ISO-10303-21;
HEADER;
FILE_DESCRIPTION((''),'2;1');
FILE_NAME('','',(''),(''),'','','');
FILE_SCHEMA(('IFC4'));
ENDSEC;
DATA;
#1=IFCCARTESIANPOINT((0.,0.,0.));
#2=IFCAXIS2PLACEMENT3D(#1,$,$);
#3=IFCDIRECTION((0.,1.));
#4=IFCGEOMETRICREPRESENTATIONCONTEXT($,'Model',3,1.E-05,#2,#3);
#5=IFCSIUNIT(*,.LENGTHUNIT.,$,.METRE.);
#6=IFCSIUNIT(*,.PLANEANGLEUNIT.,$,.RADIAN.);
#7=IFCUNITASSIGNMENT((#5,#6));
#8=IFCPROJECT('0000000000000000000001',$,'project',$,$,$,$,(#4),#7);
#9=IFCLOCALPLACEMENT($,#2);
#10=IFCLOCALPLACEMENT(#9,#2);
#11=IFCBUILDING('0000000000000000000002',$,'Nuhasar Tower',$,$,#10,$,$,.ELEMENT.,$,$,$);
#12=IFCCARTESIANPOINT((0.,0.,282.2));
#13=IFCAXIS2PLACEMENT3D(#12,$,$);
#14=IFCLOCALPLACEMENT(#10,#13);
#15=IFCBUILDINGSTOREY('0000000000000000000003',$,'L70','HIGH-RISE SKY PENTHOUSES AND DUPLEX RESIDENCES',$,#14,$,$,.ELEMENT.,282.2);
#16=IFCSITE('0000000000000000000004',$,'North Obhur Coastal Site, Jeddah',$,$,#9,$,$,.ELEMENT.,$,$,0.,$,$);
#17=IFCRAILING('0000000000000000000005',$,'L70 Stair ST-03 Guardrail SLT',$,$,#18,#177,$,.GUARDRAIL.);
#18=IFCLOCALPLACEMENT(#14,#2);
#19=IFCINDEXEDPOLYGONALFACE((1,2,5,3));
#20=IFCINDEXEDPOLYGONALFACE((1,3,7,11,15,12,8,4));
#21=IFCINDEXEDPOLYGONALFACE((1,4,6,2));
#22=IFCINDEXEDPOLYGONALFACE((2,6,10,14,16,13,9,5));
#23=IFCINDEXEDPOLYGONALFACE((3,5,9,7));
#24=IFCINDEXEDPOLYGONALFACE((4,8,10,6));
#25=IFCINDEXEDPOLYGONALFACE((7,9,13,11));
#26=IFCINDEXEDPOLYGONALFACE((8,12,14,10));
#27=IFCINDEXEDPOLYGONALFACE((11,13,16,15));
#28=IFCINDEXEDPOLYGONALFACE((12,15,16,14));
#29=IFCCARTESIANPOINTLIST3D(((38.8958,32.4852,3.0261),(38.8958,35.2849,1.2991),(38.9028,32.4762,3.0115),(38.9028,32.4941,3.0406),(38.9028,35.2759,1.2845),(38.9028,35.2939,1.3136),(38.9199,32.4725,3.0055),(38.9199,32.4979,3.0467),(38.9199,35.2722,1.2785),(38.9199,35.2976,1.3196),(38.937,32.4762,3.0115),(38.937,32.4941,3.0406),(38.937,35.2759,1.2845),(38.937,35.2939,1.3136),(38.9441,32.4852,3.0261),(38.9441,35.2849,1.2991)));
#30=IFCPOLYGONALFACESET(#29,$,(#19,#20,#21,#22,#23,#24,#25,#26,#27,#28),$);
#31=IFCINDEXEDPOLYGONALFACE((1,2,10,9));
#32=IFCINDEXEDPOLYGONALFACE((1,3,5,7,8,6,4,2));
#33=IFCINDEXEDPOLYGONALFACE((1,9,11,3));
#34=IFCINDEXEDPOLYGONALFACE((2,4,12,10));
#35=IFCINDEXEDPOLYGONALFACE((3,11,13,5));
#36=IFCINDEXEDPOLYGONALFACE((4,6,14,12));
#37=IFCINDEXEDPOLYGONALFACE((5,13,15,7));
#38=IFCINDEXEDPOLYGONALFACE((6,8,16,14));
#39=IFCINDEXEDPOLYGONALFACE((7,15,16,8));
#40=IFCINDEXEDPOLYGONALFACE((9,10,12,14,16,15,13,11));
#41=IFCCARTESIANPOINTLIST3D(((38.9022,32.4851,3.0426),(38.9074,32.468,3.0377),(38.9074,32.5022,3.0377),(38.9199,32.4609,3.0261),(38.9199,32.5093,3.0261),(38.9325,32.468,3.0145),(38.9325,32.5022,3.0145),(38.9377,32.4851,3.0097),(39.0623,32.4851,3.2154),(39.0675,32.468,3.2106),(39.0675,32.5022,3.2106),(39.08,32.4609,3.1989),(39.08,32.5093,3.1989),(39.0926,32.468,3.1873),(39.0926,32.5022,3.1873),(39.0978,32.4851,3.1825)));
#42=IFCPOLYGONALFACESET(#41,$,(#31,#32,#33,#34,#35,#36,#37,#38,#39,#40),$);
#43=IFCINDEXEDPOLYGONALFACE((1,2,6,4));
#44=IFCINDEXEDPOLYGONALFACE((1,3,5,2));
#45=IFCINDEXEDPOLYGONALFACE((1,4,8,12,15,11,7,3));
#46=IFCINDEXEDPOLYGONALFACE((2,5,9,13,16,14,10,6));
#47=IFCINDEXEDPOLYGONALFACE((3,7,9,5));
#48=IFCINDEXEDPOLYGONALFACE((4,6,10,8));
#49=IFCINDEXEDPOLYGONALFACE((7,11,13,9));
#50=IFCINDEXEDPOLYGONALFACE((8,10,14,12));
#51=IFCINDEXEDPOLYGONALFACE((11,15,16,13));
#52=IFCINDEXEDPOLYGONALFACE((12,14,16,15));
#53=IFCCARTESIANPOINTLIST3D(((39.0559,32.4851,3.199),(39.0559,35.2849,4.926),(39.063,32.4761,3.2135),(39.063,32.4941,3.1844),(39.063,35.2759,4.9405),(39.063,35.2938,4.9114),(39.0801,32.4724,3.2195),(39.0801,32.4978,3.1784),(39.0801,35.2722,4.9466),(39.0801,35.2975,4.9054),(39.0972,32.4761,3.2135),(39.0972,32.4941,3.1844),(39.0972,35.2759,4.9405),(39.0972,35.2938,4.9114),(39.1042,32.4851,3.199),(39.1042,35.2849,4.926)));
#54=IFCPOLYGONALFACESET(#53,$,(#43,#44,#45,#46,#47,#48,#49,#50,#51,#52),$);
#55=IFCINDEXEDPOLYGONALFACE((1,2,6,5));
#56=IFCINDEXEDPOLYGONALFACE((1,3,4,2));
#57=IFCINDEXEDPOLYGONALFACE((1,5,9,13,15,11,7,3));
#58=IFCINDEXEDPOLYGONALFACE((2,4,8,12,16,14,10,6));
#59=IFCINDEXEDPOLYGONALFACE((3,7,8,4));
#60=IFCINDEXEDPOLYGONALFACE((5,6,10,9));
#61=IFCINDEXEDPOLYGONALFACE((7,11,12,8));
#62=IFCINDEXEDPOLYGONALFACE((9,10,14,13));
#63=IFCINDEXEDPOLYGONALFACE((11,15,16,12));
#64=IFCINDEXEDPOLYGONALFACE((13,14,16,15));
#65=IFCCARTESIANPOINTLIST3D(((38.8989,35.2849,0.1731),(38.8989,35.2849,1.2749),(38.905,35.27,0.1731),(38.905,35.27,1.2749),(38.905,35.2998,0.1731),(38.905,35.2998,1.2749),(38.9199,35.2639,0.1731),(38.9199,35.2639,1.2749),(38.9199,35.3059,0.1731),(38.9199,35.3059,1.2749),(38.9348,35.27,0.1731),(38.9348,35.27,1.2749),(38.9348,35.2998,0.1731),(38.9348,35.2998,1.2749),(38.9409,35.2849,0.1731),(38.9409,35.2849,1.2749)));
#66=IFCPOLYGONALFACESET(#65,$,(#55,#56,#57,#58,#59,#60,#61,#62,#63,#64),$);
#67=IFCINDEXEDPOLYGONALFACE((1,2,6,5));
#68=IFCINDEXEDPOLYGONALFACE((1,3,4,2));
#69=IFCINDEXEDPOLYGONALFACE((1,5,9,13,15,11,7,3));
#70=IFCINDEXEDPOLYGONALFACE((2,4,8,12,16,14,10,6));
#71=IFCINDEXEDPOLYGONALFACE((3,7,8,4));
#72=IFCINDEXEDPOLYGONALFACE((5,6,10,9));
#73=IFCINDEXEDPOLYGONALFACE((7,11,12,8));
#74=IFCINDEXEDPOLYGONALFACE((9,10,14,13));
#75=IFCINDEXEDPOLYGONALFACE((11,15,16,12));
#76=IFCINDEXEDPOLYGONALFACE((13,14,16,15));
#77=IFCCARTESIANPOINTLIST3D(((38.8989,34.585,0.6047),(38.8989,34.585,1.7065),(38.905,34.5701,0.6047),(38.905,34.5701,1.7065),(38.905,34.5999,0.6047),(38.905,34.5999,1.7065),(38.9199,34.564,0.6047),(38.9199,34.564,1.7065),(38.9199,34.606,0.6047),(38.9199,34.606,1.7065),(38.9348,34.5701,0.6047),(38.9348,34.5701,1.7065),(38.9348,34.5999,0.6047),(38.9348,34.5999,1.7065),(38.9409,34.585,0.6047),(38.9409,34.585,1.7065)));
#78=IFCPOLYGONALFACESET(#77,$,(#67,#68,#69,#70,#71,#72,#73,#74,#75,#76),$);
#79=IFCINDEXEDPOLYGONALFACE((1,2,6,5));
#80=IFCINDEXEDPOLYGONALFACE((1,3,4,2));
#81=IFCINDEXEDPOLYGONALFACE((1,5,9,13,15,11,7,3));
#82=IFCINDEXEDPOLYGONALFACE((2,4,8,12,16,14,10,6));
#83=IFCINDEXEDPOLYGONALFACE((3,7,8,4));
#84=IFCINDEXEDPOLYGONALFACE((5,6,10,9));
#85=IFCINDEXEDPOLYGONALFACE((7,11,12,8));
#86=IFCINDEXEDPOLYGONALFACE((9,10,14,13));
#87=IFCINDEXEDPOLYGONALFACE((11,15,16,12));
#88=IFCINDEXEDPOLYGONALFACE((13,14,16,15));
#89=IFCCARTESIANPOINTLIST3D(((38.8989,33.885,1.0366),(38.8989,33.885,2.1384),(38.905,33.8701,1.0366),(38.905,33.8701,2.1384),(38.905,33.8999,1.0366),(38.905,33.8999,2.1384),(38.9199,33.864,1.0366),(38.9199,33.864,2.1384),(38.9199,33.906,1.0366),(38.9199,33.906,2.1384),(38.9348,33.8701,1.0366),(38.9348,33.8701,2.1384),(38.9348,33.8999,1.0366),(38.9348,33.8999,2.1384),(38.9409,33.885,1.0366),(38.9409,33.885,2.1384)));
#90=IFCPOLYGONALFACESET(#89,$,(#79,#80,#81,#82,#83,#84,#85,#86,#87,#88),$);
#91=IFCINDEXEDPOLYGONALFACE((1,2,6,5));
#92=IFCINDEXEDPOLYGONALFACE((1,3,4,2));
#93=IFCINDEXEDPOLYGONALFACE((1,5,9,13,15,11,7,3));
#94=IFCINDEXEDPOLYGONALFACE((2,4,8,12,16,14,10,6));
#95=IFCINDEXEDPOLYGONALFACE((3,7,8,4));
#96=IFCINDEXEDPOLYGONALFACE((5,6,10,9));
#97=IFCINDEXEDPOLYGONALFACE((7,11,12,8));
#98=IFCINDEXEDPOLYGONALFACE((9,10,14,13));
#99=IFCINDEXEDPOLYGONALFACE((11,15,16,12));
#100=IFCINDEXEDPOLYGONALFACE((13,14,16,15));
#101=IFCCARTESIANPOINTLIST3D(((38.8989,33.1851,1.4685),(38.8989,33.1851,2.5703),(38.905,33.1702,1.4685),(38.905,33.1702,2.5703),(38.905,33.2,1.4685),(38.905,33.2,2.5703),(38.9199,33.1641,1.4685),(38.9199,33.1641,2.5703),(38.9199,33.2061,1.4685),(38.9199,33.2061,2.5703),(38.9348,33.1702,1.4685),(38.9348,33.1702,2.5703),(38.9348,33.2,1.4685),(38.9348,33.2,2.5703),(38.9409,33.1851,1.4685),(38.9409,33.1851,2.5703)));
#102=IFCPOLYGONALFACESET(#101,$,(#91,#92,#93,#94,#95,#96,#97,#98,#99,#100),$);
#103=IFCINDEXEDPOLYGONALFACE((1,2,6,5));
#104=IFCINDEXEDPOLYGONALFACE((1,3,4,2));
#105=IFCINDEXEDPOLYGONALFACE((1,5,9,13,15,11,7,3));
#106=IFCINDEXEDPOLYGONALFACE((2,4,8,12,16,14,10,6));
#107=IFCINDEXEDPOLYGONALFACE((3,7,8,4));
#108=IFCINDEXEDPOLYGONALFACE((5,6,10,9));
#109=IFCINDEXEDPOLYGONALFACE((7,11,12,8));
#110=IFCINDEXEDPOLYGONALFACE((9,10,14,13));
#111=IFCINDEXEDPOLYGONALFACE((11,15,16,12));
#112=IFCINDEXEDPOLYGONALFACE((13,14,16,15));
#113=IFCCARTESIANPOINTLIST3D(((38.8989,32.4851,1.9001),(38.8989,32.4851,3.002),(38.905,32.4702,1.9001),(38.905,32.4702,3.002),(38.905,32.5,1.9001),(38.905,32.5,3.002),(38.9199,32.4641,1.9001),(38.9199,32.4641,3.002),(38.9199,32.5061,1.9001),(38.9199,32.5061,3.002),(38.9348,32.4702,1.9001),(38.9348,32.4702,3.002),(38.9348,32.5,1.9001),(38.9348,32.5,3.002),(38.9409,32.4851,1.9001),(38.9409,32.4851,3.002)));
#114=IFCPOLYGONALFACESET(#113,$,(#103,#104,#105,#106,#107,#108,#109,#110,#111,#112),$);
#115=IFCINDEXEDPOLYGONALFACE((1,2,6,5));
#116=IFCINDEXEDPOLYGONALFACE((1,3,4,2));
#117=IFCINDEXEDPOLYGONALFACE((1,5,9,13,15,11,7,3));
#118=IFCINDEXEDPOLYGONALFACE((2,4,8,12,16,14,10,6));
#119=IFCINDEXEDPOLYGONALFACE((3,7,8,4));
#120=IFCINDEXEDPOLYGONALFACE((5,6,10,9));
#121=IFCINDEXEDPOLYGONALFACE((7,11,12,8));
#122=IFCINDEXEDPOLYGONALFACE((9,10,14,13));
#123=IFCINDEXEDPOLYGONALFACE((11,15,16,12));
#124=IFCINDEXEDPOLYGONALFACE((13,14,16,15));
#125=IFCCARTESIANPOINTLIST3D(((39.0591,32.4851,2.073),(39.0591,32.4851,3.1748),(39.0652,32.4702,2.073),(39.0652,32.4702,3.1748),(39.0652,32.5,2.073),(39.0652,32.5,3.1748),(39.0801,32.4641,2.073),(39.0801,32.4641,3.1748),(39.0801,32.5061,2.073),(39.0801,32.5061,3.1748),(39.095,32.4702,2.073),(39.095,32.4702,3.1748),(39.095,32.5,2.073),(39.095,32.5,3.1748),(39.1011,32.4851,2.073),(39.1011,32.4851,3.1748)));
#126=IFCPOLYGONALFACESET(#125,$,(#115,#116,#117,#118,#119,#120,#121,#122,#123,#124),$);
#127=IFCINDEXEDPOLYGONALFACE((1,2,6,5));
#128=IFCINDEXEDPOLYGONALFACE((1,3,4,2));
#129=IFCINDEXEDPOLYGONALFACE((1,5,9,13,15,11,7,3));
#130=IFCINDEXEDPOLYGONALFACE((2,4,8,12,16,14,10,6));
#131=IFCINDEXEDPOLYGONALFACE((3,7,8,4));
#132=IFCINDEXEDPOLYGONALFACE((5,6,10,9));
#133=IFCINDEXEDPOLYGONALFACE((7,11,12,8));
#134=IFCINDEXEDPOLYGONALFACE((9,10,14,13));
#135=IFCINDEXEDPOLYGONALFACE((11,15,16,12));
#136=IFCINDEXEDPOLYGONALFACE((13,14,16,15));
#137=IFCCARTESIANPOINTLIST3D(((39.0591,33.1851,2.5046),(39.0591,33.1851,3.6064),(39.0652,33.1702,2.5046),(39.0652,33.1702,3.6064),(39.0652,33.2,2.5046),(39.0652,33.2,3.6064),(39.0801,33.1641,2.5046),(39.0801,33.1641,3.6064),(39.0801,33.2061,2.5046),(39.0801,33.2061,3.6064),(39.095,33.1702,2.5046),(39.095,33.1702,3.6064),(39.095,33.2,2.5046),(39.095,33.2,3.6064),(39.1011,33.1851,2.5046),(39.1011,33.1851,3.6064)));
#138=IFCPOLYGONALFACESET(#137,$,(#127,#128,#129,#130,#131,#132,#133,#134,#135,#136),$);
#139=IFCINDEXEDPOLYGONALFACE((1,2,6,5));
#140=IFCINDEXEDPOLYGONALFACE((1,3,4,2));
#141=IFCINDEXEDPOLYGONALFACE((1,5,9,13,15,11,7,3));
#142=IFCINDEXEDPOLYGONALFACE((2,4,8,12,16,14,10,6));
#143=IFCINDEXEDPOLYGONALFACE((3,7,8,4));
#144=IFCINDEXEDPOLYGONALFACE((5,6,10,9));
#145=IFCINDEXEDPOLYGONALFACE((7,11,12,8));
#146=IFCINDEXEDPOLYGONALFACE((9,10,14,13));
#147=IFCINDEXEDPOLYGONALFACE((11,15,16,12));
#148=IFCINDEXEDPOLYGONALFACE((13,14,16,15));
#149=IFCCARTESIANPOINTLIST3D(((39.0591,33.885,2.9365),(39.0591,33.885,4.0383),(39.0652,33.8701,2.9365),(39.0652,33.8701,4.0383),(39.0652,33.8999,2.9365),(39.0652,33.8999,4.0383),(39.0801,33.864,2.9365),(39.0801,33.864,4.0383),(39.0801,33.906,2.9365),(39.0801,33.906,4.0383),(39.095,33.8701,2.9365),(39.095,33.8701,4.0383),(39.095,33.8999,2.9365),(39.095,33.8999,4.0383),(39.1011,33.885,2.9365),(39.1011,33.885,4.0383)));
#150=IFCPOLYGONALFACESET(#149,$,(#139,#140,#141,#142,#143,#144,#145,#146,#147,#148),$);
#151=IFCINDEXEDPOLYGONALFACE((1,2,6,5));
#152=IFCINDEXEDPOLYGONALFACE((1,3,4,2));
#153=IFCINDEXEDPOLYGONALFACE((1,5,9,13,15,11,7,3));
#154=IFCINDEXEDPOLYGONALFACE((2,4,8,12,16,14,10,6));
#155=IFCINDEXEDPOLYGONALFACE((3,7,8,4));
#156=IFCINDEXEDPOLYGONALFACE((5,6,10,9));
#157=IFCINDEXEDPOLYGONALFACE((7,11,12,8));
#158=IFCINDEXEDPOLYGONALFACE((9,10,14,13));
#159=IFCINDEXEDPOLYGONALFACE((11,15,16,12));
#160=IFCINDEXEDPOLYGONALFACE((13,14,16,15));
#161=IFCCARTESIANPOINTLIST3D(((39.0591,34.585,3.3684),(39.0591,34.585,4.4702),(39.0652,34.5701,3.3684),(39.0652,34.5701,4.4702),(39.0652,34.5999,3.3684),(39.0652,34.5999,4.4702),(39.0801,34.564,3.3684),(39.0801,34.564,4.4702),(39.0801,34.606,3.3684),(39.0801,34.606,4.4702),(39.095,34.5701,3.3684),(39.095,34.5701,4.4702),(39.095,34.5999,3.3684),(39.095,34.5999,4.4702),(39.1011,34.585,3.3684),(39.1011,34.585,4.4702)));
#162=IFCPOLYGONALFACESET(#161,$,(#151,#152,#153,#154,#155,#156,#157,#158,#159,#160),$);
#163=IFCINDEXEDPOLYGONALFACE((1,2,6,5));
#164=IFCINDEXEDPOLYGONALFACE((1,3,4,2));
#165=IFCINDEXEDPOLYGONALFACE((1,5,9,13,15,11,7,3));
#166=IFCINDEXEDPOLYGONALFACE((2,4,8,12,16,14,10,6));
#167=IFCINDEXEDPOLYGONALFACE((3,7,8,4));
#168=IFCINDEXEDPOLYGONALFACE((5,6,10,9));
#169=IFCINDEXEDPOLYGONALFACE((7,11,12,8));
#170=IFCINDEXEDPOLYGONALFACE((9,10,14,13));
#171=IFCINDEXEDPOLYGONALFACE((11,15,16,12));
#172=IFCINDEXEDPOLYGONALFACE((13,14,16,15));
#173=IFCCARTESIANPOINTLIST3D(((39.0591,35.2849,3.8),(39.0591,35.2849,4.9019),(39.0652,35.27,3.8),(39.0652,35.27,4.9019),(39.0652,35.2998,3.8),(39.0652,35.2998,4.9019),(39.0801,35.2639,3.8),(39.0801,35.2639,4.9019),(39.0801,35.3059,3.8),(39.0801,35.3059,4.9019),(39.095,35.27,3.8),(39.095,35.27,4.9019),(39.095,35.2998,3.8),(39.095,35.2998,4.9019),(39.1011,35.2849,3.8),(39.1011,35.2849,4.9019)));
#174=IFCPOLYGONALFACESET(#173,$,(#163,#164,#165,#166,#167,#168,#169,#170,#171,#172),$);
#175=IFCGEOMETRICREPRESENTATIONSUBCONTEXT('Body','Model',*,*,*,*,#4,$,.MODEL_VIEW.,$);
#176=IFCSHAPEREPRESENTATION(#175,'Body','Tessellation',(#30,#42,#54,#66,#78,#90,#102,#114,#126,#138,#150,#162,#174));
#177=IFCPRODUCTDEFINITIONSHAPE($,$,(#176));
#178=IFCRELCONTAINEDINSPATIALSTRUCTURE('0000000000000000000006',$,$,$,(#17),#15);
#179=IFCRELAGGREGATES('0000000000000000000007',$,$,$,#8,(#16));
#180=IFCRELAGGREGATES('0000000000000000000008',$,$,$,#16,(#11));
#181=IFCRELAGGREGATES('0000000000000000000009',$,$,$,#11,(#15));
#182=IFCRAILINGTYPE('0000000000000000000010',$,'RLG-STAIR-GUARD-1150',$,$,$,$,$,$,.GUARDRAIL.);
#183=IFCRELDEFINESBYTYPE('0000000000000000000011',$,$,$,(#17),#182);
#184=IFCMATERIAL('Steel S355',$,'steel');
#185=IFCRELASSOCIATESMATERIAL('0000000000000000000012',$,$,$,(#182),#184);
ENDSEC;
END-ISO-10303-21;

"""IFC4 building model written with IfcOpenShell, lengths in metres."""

from ifc_helpers import new_model, si_unit, direction, frame, origin, place, context, subcontext, project, spatial, polyline, outline, extrude, material, type_object, element, save


model = new_model("IFC4")

# Units and contexts
model_context = context("Model", 3, precision=1e-05, world=origin(), true_north=direction((0.0, 1.0)))
body_context = subcontext(model_context, "Body", "Model", "MODEL_VIEW")
ifc_project = project(units=[si_unit("LENGTHUNIT", "METRE"), si_unit("PLANEANGLEUNIT", "RADIAN")], contexts=[model_context])

# Site, building, storey
site_placement = place(None, origin())
site = spatial("IfcSite", under=ifc_project, at=site_placement, Name="North Obhur Coastal Site, Jeddah", CompositionType="ELEMENT", RefElevation=0.0)
building_placement = place(site_placement, origin())
building = spatial("IfcBuilding", under=site, at=building_placement, Name="Nuhasar Tower", CompositionType="ELEMENT")
storey_placement = place(building_placement, frame((0.0, 0.0, 282.2)))
storey = spatial("IfcBuildingStorey", under=building, at=storey_placement, Name="L70", Description="HIGH-RISE SKY PENTHOUSES AND DUPLEX RESIDENCES", CompositionType="ELEMENT", Elevation=282.2)

# Shared definitions
ifc_material_1 = material(Name="Steel S355", Category="steel")

# Railing
railing_type_1 = type_object("IfcRailingType", Name="RLG-STAIR-GUARD-1150", PredefinedType="GUARDRAIL", material=ifc_material_1)
railing_1_placement = place(storey_placement, frame((38.9199, 35.2849, 0.1731)))
element("IfcRailing", 1, at=railing_1_placement, inside=storey, type_object=railing_type_1, Name="L70 Stair ST-03 Guardrail SLT", PredefinedType="GUARDRAIL", context=body_context, shape_type="SweptSolid", body=[
    extrude(outline(polyline([(0.0242, 0.0), (0.0171, 0.0171), (0.0, 0.0242), (-0.0171, 0.0171), (-0.0242, 0.0), (-0.0171, -0.0171), (0.0, -0.0242), (0.0171, -0.0171), (0.0242, 0.0)])), frame((0.0, 0.0, 1.126), z_axis=(0.0, -0.851102, 0.525), x_axis=(1.0, 0.0, 0.0)), (0.0, 0.0, 1.0), 3.2896),
    extrude(outline(polyline([(0.0242, 0.0), (0.0171, 0.0171), (0.0, 0.0242), (-0.0171, 0.0171), (-0.0242, 0.0), (-0.0171, -0.0171), (0.0, -0.0242), (0.0171, -0.0171), (0.0242, 0.0)])), frame((0.0, -2.7998, 2.853), z_axis=(0.679656, 0.0, 0.733531), x_axis=(0.0, 1.0, 0.0)), (0.0, 0.0, 1.0), 0.2356),
    extrude(outline(polyline([(0.0242, 0.0), (0.0171, 0.0171), (0.0, 0.0242), (-0.0171, 0.0171), (-0.0242, 0.0), (-0.0171, -0.0171), (0.0, -0.0242), (0.0171, -0.0171), (0.0242, 0.0)])), frame((0.1602, -2.7998, 3.0259), z_axis=(0.0, 0.851102, 0.525), x_axis=(-1.0, 0.0, 0.0)), (0.0, 0.0, 1.0), 3.2896),
    extrude(outline(polyline([(0.021, 0.0), (0.0149, 0.0149), (0.0, 0.021), (-0.0149, 0.0149), (-0.021, 0.0), (-0.0149, -0.0149), (0.0, -0.021), (0.0149, -0.0149), (0.021, 0.0)])), origin(), (0.0, 0.0, 1.0), 1.1018),
    extrude(outline(polyline([(0.021, 0.0), (0.0149, 0.0149), (0.0, 0.021), (-0.0149, 0.0149), (-0.021, 0.0), (-0.0149, -0.0149), (0.0, -0.021), (0.0149, -0.0149), (0.021, 0.0)])), frame((0.0, -0.7, 0.4316)), (0.0, 0.0, 1.0), 1.1018),
    extrude(outline(polyline([(0.021, 0.0), (0.0149, 0.0149), (0.0, 0.021), (-0.0149, 0.0149), (-0.021, 0.0), (-0.0149, -0.0149), (0.0, -0.021), (0.0149, -0.0149), (0.021, 0.0)])), frame((0.0, -1.3999, 0.8635)), (0.0, 0.0, 1.0), 1.1018),
    extrude(outline(polyline([(0.021, 0.0), (0.0149, 0.0149), (0.0, 0.021), (-0.0149, 0.0149), (-0.021, 0.0), (-0.0149, -0.0149), (0.0, -0.021), (0.0149, -0.0149), (0.021, 0.0)])), frame((0.0, -2.0999, 1.2954)), (0.0, 0.0, 1.0), 1.1018),
    extrude(outline(polyline([(0.021, 0.0), (0.0149, 0.0149), (0.0, 0.021), (-0.0149, 0.0149), (-0.021, 0.0), (-0.0149, -0.0149), (0.0, -0.021), (0.0149, -0.0149), (0.021, 0.0)])), frame((0.0, -2.7998, 1.7271)), (0.0, 0.0, 1.0), 1.1018),
    extrude(outline(polyline([(0.021, 0.0), (0.0149, 0.0149), (0.0, 0.021), (-0.0149, 0.0149), (-0.021, 0.0), (-0.0149, -0.0149), (0.0, -0.021), (0.0149, -0.0149), (0.021, 0.0)])), frame((0.1602, -2.7998, 1.8999)), (0.0, 0.0, 1.0), 1.1018),
    extrude(outline(polyline([(0.021, 0.0), (0.0149, 0.0149), (0.0, 0.021), (-0.0149, 0.0149), (-0.021, 0.0), (-0.0149, -0.0149), (0.0, -0.021), (0.0149, -0.0149), (0.021, 0.0)])), frame((0.1602, -2.0999, 2.3315)), (0.0, 0.0, 1.0), 1.1018),
    extrude(outline(polyline([(0.021, 0.0), (0.0149, 0.0149), (0.0, 0.021), (-0.0149, 0.0149), (-0.021, 0.0), (-0.0149, -0.0149), (0.0, -0.021), (0.0149, -0.0149), (0.021, 0.0)])), frame((0.1602, -1.3999, 2.7634)), (0.0, 0.0, 1.0), 1.1018),
    extrude(outline(polyline([(0.021, 0.0), (0.0149, 0.0149), (0.0, 0.021), (-0.0149, 0.0149), (-0.021, 0.0), (-0.0149, -0.0149), (0.0, -0.021), (0.0149, -0.0149), (0.021, 0.0)])), frame((0.1602, -0.7, 3.1953)), (0.0, 0.0, 1.0), 1.1018),
    extrude(outline(polyline([(0.021, 0.0), (0.0149, 0.0149), (0.0, 0.021), (-0.0149, 0.0149), (-0.021, 0.0), (-0.0149, -0.0149), (0.0, -0.021), (0.0149, -0.0149), (0.021, 0.0)])), frame((0.1602, 0.0, 3.627)), (0.0, 0.0, 1.0), 1.1018),
])

save(model, "model.ifc")
